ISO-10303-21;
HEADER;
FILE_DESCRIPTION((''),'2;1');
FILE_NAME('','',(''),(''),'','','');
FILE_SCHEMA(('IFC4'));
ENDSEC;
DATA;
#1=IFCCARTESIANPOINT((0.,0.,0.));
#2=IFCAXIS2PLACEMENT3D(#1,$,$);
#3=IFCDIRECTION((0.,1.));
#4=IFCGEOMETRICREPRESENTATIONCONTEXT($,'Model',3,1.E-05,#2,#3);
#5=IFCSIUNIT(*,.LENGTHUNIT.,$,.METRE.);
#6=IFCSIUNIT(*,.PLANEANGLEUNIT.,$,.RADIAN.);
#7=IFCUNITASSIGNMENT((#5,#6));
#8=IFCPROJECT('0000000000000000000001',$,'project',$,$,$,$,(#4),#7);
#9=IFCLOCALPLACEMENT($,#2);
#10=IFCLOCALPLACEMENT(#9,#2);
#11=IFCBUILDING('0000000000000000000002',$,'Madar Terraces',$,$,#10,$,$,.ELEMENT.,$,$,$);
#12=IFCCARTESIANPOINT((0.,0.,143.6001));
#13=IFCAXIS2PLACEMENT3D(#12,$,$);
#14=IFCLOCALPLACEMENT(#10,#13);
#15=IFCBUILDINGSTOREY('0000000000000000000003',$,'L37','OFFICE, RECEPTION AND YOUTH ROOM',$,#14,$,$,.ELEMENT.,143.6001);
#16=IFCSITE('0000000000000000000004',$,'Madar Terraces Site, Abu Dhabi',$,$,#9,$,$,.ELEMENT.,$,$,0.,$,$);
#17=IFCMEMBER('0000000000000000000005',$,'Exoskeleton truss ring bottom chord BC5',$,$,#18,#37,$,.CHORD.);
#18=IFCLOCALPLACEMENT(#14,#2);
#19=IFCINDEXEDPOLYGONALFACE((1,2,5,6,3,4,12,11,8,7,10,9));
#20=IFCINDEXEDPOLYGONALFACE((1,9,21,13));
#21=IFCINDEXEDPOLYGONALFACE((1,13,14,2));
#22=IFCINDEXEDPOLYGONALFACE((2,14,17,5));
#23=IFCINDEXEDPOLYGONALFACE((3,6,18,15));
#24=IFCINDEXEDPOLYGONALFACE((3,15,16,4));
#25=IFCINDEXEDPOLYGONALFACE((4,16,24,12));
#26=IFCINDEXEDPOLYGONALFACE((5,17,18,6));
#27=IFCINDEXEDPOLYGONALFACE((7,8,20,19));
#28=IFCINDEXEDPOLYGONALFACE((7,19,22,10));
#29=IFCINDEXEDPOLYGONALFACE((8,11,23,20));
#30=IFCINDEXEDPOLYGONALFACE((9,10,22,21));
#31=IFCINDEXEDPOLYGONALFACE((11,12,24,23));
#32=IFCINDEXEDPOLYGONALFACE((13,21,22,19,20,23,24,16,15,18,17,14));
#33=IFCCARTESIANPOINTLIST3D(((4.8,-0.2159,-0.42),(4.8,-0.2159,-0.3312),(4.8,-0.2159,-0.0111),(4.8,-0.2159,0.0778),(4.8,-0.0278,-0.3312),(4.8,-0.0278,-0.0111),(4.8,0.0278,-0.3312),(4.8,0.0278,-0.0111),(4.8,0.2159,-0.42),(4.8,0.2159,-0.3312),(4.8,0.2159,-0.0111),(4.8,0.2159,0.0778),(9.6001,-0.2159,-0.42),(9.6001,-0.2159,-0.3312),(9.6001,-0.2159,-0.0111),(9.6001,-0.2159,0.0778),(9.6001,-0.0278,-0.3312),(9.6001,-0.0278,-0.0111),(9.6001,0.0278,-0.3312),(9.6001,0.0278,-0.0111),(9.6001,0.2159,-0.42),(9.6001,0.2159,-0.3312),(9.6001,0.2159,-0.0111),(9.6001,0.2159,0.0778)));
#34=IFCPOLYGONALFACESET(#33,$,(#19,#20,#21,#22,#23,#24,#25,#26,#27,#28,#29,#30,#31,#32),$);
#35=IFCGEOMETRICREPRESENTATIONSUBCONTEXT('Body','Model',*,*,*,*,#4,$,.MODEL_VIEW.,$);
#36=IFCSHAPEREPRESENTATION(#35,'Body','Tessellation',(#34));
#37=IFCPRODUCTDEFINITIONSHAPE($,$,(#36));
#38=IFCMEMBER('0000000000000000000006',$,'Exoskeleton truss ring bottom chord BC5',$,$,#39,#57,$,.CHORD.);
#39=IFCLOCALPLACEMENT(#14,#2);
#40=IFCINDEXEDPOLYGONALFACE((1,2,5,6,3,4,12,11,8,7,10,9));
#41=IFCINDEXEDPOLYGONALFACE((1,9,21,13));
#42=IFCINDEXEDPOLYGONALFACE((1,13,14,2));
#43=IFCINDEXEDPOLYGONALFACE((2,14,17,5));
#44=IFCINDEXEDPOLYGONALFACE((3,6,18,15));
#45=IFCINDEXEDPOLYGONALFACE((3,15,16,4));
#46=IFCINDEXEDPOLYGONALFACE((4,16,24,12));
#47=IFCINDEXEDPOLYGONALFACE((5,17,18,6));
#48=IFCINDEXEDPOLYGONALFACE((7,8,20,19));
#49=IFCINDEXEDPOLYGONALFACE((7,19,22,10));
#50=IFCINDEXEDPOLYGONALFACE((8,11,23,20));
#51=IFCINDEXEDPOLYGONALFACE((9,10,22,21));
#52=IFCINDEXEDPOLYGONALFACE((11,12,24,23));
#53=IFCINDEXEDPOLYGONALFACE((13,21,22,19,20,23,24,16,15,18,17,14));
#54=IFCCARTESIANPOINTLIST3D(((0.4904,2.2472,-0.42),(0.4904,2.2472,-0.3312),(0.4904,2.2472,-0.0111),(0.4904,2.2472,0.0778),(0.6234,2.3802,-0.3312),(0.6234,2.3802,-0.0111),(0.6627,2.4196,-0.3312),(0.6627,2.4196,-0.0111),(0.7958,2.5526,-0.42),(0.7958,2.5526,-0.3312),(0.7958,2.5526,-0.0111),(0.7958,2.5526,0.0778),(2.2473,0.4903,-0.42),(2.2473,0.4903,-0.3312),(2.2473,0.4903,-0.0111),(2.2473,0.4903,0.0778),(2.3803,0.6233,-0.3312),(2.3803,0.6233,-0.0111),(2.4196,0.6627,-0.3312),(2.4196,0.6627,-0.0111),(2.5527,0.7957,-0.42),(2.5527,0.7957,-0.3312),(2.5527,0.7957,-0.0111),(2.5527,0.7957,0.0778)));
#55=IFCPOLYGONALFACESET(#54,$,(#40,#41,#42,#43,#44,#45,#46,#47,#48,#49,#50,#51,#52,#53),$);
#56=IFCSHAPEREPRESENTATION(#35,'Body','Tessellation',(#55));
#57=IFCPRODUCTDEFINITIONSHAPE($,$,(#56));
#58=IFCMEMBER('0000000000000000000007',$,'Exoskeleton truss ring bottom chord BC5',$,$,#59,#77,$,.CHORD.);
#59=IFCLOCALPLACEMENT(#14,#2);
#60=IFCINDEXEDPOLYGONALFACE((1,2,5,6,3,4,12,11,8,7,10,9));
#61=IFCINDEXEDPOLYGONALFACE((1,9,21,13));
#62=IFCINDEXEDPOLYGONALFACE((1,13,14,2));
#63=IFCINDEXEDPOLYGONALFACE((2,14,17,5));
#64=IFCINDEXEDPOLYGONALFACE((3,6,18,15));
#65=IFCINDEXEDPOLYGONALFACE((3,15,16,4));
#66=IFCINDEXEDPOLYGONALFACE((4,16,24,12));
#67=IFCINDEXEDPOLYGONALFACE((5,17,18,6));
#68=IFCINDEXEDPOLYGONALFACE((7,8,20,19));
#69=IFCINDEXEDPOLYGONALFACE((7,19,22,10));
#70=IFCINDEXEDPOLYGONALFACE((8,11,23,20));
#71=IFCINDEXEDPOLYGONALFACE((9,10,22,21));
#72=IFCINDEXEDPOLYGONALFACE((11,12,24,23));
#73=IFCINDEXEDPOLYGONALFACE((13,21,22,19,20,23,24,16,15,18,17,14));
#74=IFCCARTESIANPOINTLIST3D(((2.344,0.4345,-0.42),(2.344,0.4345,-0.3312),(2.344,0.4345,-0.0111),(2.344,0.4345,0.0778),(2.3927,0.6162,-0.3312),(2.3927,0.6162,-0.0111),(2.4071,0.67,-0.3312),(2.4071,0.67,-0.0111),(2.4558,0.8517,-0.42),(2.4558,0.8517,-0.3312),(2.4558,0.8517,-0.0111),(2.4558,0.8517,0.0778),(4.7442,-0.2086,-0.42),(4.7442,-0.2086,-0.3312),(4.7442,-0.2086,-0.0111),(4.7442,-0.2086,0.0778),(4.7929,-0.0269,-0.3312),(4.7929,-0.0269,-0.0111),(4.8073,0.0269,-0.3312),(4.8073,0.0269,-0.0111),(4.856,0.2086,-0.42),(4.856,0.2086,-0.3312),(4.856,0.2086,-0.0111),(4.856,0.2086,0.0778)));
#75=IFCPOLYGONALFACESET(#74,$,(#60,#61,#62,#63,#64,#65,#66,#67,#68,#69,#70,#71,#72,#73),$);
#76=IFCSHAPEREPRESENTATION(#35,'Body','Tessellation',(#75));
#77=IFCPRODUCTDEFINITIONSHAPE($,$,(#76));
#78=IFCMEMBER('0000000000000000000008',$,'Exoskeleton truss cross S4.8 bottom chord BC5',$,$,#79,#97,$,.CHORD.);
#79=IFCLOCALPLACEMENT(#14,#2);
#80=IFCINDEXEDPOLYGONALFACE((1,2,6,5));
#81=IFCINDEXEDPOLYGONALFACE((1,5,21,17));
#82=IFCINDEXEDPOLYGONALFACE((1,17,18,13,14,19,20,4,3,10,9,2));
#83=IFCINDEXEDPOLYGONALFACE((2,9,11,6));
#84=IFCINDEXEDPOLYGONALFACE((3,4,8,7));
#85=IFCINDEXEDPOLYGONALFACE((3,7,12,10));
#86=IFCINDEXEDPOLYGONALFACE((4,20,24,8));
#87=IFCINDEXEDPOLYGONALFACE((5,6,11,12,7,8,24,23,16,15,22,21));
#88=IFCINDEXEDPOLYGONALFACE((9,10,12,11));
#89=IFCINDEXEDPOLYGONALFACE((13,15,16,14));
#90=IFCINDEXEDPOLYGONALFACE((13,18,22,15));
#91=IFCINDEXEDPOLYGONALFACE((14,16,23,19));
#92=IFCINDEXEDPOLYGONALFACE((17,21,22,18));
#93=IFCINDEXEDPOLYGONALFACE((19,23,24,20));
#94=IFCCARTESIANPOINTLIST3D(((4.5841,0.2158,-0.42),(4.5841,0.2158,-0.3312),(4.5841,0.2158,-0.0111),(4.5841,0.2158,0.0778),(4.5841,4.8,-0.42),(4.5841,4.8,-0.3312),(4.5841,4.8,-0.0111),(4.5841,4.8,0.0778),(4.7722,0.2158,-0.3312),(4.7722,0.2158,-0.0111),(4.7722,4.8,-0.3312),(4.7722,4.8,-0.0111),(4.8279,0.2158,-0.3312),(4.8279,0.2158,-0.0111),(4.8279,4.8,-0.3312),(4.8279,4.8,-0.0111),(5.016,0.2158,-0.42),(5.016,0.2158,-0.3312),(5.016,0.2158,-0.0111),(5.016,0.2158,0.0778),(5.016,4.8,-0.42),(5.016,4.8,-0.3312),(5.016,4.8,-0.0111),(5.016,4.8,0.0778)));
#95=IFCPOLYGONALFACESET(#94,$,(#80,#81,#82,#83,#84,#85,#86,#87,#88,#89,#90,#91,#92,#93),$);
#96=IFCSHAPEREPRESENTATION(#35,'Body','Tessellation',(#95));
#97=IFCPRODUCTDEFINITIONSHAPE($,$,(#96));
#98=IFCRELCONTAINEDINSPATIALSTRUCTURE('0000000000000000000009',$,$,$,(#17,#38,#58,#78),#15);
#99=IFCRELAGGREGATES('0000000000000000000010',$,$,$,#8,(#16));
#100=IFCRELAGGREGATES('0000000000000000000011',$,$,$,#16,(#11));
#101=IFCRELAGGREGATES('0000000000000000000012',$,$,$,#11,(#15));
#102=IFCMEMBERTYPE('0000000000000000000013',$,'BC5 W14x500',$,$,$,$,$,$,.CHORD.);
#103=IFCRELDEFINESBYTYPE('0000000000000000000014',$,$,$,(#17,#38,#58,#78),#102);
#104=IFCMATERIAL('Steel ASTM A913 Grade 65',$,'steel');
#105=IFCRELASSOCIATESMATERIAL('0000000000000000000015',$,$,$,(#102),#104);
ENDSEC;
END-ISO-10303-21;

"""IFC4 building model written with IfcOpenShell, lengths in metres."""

from ifc_helpers import new_model, si_unit, direction, frame, origin, origin_2d, place, context, subcontext, project, spatial, i_section, extrude, material, material_profile, profile_set, type_object, element, save


model = new_model("IFC4")

# Units and contexts
model_context = context("Model", 3, precision=1e-05, world=origin(), true_north=direction((0.0, 1.0)))
body_context = subcontext(model_context, "Body", "Model", "MODEL_VIEW")
ifc_project = project(units=[si_unit("LENGTHUNIT", "METRE"), si_unit("PLANEANGLEUNIT", "RADIAN")], contexts=[model_context])

# Site, building, storey
site_placement = place(None, origin())
site = spatial("IfcSite", under=ifc_project, at=site_placement, Name="Madar Terraces Site, Abu Dhabi", CompositionType="ELEMENT", RefElevation=0.0)
building_placement = place(site_placement, origin())
building = spatial("IfcBuilding", under=site, at=building_placement, Name="Madar Terraces", CompositionType="ELEMENT")
storey_placement = place(building_placement, frame((0.0, 0.0, 143.6001)))
storey = spatial("IfcBuildingStorey", under=building, at=storey_placement, Name="L37", Description="OFFICE, RECEPTION AND YOUTH ROOM", CompositionType="ELEMENT", Elevation=143.6001)

# Members
ifc_material_1 = material(Name="Steel ASTM A913 Grade 65", Category="steel")
ifc_material_profile = material_profile(ifc_material_1, i_section(OverallWidth=0.4319, OverallDepth=0.4978, WebThickness=0.0557, FlangeThickness=0.0889, at=origin_2d()), Name="W14x500")
ifc_profile_set = profile_set([ifc_material_profile], Name="Steel ASTM A913 Grade 65")
member_type = type_object("IfcMemberType", Name="BC5 W14x500", PredefinedType="CHORD", material=ifc_profile_set)
member_1_placement = place(storey_placement, frame((4.8, 0.0, -0.1711), z_axis=(1.0, 0.0, 0.0), x_axis=(0.0, 1.0, 0.0)))
element("IfcMember", 1, at=member_1_placement, inside=storey, type_object=member_type, Name="Exoskeleton truss ring bottom chord BC5", PredefinedType="CHORD", context=body_context, shape_type="SweptSolid", body=[
    extrude(i_section(OverallWidth=0.4319, OverallDepth=0.4978, WebThickness=0.0557, FlangeThickness=0.0889, at=origin_2d()), origin(), (0.0, 0.0, 1.0), 4.8),
])
member_2_placement = place(storey_placement, frame((0.6431, 2.3999, -0.1711), z_axis=(0.707107, -0.707107, 0.0), x_axis=(0.707107, 0.707107, 0.0)))
element("IfcMember", 2, at=member_2_placement, inside=storey, type_object=member_type, Name="Exoskeleton truss ring bottom chord BC5", PredefinedType="CHORD", context=body_context, shape_type="SweptSolid", body=[
    extrude(i_section(OverallWidth=0.4319, OverallDepth=0.4978, WebThickness=0.0557, FlangeThickness=0.0889, at=origin_2d()), origin(), (0.0, 0.0, 1.0), 2.4846),
])
member_3_placement = place(storey_placement, frame((2.3999, 0.6431, -0.1711), z_axis=(0.965931, -0.2588, 0.0), x_axis=(0.2588, 0.965931, 0.0)))
element("IfcMember", 3, at=member_3_placement, inside=storey, type_object=member_type, Name="Exoskeleton truss ring bottom chord BC5", PredefinedType="CHORD", context=body_context, shape_type="SweptSolid", body=[
    extrude(i_section(OverallWidth=0.4319, OverallDepth=0.4978, WebThickness=0.0557, FlangeThickness=0.0889, at=origin_2d()), origin(), (0.0, 0.0, 1.0), 2.4849),
])
member_4_placement = place(storey_placement, frame((4.8, 0.2158, -0.1711), z_axis=(0.0, 1.0, 0.0), x_axis=(-1.0, 0.0, 0.0)))
element("IfcMember", 4, at=member_4_placement, inside=storey, type_object=member_type, Name="Exoskeleton truss cross S4.8 bottom chord BC5", PredefinedType="CHORD", context=body_context, shape_type="SweptSolid", body=[
    extrude(i_section(OverallWidth=0.4319, OverallDepth=0.4978, WebThickness=0.0557, FlangeThickness=0.0889, at=origin_2d()), origin(), (0.0, 0.0, 1.0), 4.5842),
])

save(model, "model.ifc")
